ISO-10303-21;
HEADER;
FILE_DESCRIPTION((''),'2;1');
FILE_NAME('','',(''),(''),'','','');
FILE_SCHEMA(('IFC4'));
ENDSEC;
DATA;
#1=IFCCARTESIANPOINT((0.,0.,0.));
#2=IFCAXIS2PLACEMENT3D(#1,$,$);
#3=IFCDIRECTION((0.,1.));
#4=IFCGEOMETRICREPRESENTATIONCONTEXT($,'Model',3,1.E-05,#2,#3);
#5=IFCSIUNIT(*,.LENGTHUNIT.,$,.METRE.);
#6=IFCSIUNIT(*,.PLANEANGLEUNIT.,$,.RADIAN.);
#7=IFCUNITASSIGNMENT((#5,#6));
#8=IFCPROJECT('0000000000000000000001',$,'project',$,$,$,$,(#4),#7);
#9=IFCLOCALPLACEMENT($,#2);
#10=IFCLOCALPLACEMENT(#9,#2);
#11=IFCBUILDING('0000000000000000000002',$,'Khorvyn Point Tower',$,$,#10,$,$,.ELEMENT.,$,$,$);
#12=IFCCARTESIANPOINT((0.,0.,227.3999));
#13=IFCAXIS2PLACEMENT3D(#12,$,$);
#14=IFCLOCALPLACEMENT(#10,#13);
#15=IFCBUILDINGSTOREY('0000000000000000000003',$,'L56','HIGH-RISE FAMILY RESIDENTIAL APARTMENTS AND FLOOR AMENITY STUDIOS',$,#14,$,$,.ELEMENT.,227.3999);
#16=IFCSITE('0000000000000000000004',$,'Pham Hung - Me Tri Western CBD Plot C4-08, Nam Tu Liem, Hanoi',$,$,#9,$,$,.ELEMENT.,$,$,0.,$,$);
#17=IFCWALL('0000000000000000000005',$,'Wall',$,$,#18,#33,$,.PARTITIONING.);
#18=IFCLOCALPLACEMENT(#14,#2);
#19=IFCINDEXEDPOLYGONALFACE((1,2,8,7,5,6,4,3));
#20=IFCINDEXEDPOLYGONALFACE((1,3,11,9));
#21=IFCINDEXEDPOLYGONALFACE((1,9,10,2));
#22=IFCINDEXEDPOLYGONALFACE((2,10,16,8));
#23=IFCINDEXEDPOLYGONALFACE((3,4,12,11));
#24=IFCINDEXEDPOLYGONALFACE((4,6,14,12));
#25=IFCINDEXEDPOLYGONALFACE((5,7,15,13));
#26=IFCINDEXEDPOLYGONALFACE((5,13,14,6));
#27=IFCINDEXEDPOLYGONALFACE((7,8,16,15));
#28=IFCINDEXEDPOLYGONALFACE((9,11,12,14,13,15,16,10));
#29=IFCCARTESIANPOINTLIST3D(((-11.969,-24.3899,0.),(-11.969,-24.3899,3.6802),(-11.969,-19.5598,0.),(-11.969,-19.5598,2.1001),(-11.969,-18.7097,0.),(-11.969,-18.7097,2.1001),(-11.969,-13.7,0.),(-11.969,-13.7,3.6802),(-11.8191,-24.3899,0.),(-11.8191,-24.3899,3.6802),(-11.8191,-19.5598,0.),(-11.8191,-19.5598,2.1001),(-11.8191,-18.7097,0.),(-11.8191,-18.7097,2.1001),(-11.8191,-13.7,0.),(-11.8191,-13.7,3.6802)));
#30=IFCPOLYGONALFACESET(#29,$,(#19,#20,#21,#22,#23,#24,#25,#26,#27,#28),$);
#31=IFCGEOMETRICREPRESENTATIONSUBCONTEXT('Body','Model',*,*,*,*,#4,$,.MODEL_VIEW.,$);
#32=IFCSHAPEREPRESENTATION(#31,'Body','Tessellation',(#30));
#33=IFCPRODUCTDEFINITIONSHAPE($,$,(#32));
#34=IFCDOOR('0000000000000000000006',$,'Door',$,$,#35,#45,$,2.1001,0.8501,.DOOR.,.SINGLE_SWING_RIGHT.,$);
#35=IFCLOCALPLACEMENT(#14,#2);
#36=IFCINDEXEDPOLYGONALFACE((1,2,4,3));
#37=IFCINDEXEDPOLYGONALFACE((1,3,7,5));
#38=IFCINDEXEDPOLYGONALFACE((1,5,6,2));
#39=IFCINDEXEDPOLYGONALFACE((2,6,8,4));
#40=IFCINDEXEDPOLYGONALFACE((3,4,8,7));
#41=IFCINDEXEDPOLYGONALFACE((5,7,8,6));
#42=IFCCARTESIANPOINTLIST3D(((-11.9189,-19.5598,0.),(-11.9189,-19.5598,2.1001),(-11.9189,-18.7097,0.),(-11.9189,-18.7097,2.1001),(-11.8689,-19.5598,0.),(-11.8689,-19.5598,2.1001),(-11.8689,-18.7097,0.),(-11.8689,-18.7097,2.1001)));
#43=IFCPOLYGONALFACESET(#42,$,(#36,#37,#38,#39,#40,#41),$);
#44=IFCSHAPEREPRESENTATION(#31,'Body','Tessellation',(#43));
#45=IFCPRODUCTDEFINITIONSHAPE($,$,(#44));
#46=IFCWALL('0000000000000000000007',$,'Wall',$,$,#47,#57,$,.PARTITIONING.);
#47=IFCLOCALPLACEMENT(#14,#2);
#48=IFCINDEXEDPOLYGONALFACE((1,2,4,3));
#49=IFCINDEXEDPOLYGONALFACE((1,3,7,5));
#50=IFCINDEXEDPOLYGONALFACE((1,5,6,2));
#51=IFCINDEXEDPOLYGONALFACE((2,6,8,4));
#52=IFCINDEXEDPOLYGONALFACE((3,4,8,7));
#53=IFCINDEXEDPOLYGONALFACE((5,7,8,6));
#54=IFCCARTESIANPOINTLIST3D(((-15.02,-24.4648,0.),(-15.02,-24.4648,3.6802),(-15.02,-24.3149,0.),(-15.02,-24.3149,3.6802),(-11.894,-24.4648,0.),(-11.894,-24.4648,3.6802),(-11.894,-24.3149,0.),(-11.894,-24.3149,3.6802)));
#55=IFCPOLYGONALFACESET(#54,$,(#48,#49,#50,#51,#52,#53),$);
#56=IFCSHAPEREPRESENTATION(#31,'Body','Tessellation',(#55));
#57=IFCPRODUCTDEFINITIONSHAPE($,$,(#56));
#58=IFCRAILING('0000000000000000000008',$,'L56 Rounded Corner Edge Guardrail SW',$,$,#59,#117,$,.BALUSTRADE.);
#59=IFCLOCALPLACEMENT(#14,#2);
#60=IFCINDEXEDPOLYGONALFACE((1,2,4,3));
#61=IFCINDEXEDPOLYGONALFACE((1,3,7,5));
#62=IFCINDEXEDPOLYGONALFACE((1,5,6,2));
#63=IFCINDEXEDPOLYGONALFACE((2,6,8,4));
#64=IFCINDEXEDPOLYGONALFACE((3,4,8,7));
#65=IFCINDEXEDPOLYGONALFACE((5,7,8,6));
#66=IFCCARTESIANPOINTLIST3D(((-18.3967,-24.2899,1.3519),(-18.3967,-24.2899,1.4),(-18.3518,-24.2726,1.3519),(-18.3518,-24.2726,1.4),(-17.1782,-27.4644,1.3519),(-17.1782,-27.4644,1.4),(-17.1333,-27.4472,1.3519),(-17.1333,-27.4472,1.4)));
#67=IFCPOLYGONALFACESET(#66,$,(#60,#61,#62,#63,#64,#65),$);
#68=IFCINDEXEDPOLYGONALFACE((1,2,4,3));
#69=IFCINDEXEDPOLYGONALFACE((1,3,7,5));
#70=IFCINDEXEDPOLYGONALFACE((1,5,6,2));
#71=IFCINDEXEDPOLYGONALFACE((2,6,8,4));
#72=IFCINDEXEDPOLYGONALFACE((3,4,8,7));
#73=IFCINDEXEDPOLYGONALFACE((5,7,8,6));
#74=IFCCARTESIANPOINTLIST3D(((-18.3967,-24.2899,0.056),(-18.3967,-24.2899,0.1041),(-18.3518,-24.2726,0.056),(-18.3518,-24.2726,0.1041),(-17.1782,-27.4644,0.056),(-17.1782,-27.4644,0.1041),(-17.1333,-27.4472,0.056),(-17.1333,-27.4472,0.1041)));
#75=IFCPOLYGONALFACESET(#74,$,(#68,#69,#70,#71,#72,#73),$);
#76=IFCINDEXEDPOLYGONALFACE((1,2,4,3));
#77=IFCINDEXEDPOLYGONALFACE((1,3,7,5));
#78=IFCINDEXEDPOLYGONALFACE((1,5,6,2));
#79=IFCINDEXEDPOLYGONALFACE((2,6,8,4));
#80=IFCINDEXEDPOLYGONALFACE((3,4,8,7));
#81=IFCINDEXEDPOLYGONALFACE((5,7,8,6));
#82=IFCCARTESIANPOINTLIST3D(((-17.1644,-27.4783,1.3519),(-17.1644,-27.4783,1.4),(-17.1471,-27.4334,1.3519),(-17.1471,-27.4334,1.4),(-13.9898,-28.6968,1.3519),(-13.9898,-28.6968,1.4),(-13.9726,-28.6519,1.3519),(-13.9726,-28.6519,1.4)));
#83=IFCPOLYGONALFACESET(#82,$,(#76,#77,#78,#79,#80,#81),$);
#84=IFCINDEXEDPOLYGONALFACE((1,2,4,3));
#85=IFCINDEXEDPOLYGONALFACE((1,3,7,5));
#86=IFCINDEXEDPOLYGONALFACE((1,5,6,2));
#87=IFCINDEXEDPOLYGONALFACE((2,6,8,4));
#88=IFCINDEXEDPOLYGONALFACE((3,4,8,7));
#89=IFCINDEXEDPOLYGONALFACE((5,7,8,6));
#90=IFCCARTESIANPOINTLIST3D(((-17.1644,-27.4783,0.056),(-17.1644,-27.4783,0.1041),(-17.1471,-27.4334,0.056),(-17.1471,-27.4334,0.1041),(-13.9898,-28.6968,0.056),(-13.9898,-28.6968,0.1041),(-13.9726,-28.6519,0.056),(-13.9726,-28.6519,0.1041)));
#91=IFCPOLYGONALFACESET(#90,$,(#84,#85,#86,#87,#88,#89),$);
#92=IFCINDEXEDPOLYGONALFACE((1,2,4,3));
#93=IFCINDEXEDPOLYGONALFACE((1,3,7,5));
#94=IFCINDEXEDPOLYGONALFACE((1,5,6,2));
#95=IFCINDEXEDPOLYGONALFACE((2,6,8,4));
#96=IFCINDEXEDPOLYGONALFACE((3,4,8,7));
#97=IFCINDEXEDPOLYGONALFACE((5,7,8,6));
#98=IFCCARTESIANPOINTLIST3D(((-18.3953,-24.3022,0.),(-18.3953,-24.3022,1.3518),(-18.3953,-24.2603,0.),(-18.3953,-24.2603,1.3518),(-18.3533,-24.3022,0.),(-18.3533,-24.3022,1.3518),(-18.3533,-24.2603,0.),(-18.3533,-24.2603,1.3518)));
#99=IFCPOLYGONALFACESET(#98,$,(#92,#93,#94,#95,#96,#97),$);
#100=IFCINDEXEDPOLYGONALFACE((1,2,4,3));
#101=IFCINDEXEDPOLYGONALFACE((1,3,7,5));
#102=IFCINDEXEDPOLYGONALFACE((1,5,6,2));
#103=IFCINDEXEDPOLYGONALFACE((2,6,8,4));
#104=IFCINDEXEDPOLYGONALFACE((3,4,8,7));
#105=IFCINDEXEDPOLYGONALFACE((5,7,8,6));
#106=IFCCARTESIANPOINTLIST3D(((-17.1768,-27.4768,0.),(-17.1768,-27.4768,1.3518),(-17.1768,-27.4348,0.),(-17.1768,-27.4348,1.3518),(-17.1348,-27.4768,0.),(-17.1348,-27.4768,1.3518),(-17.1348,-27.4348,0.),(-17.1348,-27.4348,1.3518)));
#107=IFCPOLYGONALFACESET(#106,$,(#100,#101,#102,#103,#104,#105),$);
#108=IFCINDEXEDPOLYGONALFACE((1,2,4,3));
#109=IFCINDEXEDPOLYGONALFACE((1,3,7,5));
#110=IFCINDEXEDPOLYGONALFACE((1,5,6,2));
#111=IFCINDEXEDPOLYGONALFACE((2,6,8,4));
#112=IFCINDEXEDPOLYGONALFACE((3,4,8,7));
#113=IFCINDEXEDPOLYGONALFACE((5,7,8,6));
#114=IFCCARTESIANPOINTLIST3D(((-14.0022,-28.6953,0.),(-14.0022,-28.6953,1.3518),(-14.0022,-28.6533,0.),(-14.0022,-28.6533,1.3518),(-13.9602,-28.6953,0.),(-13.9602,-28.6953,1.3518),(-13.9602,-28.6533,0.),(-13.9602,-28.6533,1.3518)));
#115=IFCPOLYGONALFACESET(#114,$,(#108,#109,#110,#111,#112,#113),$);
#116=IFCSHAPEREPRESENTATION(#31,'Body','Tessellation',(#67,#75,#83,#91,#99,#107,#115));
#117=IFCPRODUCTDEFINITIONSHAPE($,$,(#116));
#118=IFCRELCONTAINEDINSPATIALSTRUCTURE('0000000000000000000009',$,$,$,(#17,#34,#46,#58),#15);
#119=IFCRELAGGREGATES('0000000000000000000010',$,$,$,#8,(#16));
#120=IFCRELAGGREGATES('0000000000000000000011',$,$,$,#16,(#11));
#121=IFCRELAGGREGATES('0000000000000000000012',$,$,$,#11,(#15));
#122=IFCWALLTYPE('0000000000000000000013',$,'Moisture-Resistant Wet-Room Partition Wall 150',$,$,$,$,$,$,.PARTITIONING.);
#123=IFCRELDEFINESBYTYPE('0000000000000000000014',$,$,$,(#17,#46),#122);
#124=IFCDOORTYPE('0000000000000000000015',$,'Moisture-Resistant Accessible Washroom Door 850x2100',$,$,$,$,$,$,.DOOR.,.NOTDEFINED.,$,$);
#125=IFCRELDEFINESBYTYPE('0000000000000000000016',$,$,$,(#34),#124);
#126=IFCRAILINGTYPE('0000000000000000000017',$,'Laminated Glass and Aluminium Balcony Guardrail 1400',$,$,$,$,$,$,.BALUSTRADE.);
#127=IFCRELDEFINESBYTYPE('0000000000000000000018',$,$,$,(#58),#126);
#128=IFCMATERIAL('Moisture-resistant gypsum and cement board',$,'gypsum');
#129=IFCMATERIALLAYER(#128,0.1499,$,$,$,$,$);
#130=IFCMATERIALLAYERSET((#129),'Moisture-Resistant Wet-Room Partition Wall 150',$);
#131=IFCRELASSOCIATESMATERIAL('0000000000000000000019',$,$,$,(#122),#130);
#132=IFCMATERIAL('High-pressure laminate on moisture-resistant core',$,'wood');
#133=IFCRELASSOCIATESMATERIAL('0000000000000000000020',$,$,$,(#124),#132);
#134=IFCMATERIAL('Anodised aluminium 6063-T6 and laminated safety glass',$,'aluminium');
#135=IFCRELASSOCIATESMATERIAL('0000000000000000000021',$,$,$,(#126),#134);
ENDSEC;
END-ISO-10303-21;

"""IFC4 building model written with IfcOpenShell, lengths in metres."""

from ifc_helpers import new_model, si_unit, direction, frame, frame_2d, origin, origin_2d, place, context, subcontext, project, spatial, rectangle, extrude, material, layer, layer_set, type_object, element, fill, save


model = new_model("IFC4")

# Units and contexts
model_context = context("Model", 3, precision=1e-05, world=origin(), true_north=direction((0.0, 1.0)))
body_context = subcontext(model_context, "Body", "Model", "MODEL_VIEW")
ifc_project = project(units=[si_unit("LENGTHUNIT", "METRE"), si_unit("PLANEANGLEUNIT", "RADIAN")], contexts=[model_context])

# Site, building, storey
site_placement = place(None, origin())
site = spatial("IfcSite", under=ifc_project, at=site_placement, Name="Pham Hung - Me Tri Western CBD Plot C4-08, Nam Tu Liem, Hanoi", CompositionType="ELEMENT", RefElevation=0.0)
building_placement = place(site_placement, origin())
building = spatial("IfcBuilding", under=site, at=building_placement, Name="Khorvyn Point Tower", CompositionType="ELEMENT")
storey_placement = place(building_placement, frame((0.0, 0.0, 227.3999)))
storey = spatial("IfcBuildingStorey", under=building, at=storey_placement, Name="L56", Description="HIGH-RISE FAMILY RESIDENTIAL APARTMENTS AND FLOOR AMENITY STUDIOS", CompositionType="ELEMENT", Elevation=227.3999)

# Wall, opening, door
ifc_material_1 = material(Name="Moisture-resistant gypsum and cement board", Category="gypsum")
ifc_layer_1 = layer(ifc_material_1, 0.1499)
ifc_layer_set_1 = layer_set([ifc_layer_1], Name="Moisture-Resistant Wet-Room Partition Wall 150")
wall_type_1 = type_object("IfcWallType", Name="Moisture-Resistant Wet-Room Partition Wall 150", PredefinedType="PARTITIONING", material=ifc_layer_set_1)
wall_1_placement = place(storey_placement, frame((-11.894, -24.3899, 0.0), z_axis=(0.0, 0.0, 1.0), x_axis=(0.0, 1.0, 0.0)))
wall_1 = element("IfcWall", 1, at=wall_1_placement, inside=storey, type_object=wall_type_1, Name="Wall", PredefinedType="PARTITIONING", context=body_context, shape_type="SweptSolid", body=[
    extrude(rectangle(XDim=10.6899, YDim=0.1499, at=frame_2d((5.345, 0.0))), origin(), (0.0, 0.0, 1.0), 3.6802),
])
opening_1_placement = place(wall_1_placement, frame((4.8301, 0.0, 0.0)))
opening_1 = element("IfcOpeningElement", 2, at=opening_1_placement, cuts=wall_1, PredefinedType="OPENING", context=body_context, shape_type="SweptSolid", body=[
    extrude(rectangle(XDim=0.8501, YDim=2.1001, at=frame_2d((0.425, 1.05))), frame((0.0, 0.085, 0.0), z_axis=(0.0, -1.0, 0.0), x_axis=(1.0, 0.0, 0.0)), (0.0, 0.0, 1.0), 0.1699),
])
ifc_material_2 = material(Name="High-pressure laminate on moisture-resistant core", Category="wood")
door_type_1 = type_object("IfcDoorType", Name="Moisture-Resistant Accessible Washroom Door 850x2100", OperationType="NOTDEFINED", PredefinedType="DOOR", material=ifc_material_2)
door_1_placement = place(opening_1_placement, origin())
door_1 = element("IfcDoor", 3, at=door_1_placement, inside=storey, type_object=door_type_1, Name="Door", OperationType="SINGLE_SWING_RIGHT", OverallHeight=2.1001, OverallWidth=0.8501, PredefinedType="DOOR", context=body_context, shape_type="SweptSolid", body=[
    extrude(rectangle(XDim=0.8501, YDim=2.1001, at=frame_2d((0.425, 1.05))), frame((0.0, 0.0249, 0.0), z_axis=(0.0, -1.0, 0.0), x_axis=(1.0, 0.0, 0.0)), (0.0, 0.0, 1.0), 0.05),
])
fill(opening_1, door_1)

# Wall
wall_2_placement = place(storey_placement, frame((-15.02, -24.3899, 0.0), z_axis=(0.0, 0.0, 1.0), x_axis=(1.0, 0.0, 0.0)))
element("IfcWall", 4, at=wall_2_placement, inside=storey, type_object=wall_type_1, Name="Wall", PredefinedType="PARTITIONING", context=body_context, shape_type="SweptSolid", body=[
    extrude(rectangle(XDim=3.126, YDim=0.1499, at=frame_2d((1.563, 0.0))), origin(), (0.0, 0.0, 1.0), 3.6802),
])

# Railing
ifc_material_3 = material(Name="Anodised aluminium 6063-T6 and laminated safety glass", Category="aluminium")
railing_type = type_object("IfcRailingType", Name="Laminated Glass and Aluminium Balcony Guardrail 1400", PredefinedType="BALUSTRADE", material=ifc_material_3)
railing_placement = place(storey_placement, frame((-18.3743, -24.2812, 0.0)))
element("IfcRailing", 5, at=railing_placement, inside=storey, type_object=railing_type, Name="L56 Rounded Corner Edge Guardrail SW", PredefinedType="BALUSTRADE", context=body_context, shape_type="SweptSolid", body=[
    extrude(rectangle(XDim=0.0481, YDim=0.0481, at=origin_2d()), frame((0.0, 0.0, 1.376), z_axis=(0.358344, -0.93359, 0.0), x_axis=(0.93359, 0.358344, 0.0)), (0.0, 0.0, 1.0), 3.4004),
    extrude(rectangle(XDim=0.0481, YDim=0.0481, at=origin_2d()), frame((0.0, 0.0, 0.0801), z_axis=(0.358344, -0.93359, 0.0), x_axis=(0.93359, 0.358344, 0.0)), (0.0, 0.0, 1.0), 3.4004),
    extrude(rectangle(XDim=0.0481, YDim=0.0481, at=origin_2d()), frame((1.2185, -3.1746, 1.376), z_axis=(0.93359, -0.358344, 0.0), x_axis=(0.358344, 0.93359, 0.0)), (0.0, 0.0, 1.0), 3.4004),
    extrude(rectangle(XDim=0.0481, YDim=0.0481, at=origin_2d()), frame((1.2185, -3.1746, 0.0801), z_axis=(0.93359, -0.358344, 0.0), x_axis=(0.358344, 0.93359, 0.0)), (0.0, 0.0, 1.0), 3.4004),
    extrude(rectangle(XDim=0.042, YDim=0.042, at=origin_2d()), origin(), (0.0, 0.0, 1.0), 1.3518),
    extrude(rectangle(XDim=0.042, YDim=0.042, at=origin_2d()), frame((1.2185, -3.1746, 0.0)), (0.0, 0.0, 1.0), 1.3518),
    extrude(rectangle(XDim=0.042, YDim=0.042, at=origin_2d()), frame((4.3931, -4.3931, 0.0)), (0.0, 0.0, 1.0), 1.3518),
])

save(model, "model.ifc")
